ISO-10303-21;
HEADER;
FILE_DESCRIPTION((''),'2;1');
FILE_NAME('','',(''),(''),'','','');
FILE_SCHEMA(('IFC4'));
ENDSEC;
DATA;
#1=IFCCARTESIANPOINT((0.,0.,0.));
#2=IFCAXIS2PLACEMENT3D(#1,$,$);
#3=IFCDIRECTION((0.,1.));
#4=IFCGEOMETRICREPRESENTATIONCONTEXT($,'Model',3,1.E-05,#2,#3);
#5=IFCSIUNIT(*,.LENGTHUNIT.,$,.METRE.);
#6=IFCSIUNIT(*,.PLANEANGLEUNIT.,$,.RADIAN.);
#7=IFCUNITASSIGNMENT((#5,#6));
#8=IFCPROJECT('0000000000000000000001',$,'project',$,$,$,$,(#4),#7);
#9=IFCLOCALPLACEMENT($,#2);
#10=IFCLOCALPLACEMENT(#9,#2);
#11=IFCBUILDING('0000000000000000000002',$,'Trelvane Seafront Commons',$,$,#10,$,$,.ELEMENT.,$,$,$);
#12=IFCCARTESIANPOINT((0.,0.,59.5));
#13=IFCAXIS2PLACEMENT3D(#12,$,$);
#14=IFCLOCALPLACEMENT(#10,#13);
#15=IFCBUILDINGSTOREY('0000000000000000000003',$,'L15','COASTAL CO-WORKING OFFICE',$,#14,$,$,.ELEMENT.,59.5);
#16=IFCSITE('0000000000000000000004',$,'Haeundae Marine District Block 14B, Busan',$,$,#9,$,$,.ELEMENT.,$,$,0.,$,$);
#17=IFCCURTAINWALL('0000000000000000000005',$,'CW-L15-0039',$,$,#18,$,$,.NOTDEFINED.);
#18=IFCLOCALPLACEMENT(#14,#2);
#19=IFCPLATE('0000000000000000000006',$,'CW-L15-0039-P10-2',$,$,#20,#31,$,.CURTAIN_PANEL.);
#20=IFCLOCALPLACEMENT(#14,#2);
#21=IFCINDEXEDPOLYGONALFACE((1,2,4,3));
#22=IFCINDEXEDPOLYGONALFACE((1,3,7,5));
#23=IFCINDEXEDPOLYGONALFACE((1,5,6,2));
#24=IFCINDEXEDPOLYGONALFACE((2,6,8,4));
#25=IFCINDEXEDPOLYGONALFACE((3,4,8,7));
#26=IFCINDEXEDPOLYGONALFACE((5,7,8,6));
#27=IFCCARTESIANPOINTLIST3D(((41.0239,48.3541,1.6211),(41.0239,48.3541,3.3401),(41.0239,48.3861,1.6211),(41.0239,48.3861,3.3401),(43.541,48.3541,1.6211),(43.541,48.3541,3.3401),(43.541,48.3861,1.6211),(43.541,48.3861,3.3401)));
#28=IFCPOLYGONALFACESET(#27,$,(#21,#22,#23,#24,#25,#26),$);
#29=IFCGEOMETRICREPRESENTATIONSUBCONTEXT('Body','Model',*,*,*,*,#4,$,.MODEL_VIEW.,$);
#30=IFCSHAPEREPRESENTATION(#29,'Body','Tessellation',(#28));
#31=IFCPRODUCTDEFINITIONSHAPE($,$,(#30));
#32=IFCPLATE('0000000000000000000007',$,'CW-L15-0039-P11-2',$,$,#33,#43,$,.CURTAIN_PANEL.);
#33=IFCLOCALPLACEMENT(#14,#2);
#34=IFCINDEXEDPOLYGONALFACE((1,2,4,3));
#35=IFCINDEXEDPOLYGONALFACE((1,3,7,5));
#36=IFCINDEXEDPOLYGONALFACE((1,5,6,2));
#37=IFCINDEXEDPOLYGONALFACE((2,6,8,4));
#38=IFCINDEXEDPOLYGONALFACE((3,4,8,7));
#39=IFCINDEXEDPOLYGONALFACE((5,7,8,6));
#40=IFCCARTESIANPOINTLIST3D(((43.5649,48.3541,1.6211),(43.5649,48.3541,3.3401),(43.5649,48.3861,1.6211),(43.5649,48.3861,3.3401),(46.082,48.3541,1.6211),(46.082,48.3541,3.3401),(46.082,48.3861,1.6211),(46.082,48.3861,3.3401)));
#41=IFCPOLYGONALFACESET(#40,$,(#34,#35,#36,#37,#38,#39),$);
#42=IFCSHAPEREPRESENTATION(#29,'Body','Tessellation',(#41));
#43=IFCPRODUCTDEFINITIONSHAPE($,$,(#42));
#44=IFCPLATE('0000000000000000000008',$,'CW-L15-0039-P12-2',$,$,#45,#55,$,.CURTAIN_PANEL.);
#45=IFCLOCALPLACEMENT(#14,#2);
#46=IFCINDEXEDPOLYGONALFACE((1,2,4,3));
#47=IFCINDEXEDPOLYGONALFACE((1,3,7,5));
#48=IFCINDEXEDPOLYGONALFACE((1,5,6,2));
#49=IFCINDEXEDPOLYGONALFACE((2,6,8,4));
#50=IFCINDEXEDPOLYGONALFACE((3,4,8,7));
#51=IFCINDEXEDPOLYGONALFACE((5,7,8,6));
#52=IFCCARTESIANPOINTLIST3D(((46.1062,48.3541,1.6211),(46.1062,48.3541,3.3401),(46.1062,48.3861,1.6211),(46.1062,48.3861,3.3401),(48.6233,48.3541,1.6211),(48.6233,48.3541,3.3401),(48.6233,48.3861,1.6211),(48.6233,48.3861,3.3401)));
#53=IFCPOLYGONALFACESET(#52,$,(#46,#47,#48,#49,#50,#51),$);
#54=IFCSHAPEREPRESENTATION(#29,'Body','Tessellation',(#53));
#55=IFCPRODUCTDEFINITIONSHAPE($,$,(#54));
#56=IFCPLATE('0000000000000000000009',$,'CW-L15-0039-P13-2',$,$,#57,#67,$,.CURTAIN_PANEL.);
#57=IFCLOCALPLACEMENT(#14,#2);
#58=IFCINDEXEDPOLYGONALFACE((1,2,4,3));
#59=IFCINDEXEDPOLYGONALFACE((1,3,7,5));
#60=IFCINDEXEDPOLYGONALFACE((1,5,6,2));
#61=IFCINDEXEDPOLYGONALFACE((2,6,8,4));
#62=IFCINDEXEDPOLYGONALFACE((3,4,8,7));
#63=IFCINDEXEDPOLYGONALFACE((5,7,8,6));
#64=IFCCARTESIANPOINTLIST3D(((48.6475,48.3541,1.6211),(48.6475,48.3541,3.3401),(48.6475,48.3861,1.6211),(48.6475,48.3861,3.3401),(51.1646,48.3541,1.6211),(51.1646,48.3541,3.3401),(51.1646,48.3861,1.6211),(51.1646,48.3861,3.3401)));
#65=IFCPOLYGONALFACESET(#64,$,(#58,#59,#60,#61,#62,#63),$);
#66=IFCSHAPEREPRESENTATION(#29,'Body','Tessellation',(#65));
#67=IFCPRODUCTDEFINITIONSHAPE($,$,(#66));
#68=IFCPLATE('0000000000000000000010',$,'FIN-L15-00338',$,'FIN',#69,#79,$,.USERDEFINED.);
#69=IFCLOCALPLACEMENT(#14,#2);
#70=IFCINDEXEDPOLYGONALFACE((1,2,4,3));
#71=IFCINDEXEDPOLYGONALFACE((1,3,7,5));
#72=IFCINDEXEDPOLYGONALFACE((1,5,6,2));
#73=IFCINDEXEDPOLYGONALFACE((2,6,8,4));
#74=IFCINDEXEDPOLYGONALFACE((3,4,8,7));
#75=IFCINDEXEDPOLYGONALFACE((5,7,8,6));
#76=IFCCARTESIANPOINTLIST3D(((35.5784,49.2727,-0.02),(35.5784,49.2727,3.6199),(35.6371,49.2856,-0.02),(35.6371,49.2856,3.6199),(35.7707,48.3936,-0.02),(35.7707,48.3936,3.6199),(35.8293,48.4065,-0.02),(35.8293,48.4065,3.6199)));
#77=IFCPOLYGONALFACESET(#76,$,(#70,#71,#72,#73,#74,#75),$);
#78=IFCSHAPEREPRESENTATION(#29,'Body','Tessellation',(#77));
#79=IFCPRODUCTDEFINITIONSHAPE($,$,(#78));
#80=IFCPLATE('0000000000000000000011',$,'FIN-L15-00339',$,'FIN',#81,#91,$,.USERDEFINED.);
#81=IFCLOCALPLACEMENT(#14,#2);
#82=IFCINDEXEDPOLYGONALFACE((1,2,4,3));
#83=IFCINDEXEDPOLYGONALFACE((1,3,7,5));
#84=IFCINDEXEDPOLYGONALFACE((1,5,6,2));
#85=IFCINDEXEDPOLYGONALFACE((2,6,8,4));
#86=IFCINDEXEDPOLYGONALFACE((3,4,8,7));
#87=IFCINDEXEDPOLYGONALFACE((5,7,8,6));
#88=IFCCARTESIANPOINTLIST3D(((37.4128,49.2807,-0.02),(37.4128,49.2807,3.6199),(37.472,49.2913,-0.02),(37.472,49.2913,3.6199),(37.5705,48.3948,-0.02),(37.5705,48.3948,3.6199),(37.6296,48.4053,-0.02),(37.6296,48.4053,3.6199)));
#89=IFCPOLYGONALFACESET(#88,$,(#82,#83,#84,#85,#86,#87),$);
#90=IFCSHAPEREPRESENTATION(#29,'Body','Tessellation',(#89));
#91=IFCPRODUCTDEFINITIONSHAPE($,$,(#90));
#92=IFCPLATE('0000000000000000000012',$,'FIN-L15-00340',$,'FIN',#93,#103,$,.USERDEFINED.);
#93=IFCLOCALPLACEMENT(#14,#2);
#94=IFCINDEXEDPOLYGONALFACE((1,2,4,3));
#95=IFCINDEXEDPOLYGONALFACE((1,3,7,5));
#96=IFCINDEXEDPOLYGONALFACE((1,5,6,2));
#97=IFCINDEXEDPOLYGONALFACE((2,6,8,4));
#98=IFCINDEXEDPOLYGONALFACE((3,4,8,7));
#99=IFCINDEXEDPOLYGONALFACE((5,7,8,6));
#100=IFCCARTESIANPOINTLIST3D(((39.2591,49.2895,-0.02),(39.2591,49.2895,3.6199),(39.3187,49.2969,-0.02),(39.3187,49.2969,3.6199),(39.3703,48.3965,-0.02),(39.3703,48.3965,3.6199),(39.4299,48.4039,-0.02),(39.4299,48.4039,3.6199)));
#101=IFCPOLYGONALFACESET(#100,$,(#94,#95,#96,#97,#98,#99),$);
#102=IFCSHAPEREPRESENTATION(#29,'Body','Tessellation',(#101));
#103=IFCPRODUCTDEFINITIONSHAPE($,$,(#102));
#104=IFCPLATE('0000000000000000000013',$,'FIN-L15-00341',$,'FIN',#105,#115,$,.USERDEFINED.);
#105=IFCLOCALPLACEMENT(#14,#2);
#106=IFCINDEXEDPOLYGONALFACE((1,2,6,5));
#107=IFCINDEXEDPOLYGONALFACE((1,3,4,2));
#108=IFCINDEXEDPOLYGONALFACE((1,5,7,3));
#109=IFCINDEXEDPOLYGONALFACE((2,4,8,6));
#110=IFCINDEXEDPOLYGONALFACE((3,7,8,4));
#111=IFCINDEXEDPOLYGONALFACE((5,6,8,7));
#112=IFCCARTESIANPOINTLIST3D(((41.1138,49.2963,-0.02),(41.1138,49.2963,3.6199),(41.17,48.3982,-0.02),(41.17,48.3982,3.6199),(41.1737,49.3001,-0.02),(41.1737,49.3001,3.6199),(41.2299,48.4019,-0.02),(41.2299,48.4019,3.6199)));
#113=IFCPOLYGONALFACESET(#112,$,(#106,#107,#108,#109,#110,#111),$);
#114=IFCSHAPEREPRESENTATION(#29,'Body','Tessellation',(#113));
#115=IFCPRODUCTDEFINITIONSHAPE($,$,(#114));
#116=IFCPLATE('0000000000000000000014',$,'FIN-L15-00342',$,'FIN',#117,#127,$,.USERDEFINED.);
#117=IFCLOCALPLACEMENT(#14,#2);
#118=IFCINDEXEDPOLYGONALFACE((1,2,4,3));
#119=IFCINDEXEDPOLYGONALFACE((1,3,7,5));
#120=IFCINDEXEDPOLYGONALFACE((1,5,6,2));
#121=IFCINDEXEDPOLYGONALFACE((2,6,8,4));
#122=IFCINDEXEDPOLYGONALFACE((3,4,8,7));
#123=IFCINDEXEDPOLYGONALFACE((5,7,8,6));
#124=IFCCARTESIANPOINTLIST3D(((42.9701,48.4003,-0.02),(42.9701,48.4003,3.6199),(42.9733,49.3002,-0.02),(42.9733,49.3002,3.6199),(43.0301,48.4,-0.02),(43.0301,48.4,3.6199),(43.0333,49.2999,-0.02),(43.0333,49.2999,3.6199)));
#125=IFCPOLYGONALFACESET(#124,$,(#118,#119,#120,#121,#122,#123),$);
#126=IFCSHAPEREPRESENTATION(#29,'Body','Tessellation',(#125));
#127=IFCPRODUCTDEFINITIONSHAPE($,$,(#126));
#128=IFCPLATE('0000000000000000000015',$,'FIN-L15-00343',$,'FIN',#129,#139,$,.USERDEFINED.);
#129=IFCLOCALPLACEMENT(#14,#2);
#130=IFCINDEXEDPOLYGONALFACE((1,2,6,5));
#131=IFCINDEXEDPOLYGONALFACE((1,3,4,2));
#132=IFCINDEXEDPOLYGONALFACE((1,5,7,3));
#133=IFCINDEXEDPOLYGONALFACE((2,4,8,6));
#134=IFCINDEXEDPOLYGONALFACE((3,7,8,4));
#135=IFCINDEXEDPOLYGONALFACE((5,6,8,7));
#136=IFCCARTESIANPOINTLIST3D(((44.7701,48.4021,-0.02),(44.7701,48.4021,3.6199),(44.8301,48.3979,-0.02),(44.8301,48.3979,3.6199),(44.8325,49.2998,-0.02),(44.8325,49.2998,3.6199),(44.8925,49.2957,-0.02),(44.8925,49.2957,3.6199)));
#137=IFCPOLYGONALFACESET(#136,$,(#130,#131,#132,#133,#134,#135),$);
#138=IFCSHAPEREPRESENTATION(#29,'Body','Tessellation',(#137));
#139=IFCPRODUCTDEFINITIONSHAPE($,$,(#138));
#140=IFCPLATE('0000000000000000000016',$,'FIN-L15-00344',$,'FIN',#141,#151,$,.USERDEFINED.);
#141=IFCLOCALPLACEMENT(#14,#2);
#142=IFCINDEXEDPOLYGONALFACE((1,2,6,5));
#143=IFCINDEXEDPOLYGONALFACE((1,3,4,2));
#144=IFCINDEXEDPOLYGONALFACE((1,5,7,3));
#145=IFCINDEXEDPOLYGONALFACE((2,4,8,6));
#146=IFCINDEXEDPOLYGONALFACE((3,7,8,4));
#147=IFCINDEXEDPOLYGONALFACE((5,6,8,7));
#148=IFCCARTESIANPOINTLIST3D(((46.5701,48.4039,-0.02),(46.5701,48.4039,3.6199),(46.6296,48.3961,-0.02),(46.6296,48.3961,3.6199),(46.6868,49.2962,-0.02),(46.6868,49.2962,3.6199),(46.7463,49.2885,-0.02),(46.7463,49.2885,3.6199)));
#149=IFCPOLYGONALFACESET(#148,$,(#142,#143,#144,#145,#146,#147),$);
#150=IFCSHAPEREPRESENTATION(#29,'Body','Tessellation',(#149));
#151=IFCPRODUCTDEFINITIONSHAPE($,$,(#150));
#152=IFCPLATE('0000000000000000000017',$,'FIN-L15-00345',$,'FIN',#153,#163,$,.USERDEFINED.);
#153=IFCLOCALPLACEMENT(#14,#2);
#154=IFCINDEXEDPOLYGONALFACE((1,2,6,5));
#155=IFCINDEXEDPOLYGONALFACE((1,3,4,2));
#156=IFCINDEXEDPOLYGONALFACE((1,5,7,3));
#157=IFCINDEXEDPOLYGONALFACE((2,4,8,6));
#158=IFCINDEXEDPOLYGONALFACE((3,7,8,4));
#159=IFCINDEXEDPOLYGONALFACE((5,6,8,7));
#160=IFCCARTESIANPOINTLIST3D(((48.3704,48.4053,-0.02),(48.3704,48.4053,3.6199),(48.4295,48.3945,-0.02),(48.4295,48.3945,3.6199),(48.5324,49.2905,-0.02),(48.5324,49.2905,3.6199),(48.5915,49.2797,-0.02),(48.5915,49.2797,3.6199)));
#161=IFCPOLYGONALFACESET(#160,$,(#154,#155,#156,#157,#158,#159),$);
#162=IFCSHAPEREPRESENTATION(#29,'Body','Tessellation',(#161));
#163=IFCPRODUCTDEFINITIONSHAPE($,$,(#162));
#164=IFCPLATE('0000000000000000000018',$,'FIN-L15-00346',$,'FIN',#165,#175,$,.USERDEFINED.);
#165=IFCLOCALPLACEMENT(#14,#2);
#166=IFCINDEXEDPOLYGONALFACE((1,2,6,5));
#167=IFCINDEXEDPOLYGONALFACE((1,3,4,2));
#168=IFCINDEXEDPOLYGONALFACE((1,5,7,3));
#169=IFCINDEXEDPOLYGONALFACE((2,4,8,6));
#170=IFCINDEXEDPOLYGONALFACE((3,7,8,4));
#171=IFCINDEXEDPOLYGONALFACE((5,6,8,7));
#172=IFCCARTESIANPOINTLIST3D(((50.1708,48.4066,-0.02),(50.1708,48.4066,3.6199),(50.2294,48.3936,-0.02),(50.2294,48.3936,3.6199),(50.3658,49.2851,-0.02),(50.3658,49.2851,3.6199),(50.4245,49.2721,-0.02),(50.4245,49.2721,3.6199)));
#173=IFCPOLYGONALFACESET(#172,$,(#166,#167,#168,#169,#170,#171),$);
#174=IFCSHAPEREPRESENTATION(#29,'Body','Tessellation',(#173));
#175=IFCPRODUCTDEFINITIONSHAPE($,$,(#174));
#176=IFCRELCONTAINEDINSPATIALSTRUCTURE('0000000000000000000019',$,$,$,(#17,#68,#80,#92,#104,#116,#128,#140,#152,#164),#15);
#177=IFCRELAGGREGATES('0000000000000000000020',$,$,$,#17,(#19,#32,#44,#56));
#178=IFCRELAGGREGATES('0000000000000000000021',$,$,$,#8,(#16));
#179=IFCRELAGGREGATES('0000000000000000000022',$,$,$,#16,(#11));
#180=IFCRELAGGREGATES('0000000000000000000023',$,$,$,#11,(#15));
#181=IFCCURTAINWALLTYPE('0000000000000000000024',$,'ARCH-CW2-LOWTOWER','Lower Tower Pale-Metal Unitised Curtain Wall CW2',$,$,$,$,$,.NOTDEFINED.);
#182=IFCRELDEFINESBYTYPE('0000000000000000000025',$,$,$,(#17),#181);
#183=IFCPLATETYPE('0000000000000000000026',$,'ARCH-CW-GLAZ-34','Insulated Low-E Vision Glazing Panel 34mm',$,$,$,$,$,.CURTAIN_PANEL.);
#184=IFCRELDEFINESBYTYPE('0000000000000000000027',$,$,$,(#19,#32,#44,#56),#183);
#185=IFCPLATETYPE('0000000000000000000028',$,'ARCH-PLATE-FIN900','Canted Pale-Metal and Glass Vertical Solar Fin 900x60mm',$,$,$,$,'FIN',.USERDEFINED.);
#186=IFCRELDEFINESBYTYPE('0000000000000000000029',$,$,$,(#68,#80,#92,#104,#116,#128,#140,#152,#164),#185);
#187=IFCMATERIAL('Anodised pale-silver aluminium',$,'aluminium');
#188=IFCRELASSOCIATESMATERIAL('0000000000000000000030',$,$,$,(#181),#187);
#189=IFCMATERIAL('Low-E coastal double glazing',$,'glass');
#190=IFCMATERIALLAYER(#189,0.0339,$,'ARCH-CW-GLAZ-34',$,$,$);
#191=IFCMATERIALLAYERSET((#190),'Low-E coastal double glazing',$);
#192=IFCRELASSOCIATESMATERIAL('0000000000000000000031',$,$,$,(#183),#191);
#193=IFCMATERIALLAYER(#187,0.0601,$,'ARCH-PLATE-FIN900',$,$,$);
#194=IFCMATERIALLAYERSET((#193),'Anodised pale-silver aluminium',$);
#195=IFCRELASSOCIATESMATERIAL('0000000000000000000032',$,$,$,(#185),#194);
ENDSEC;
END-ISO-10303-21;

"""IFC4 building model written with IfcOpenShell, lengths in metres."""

from ifc_helpers import new_model, si_unit, direction, frame, origin, origin_2d, place, context, subcontext, project, spatial, rectangle, extrude, source, transform, mapped, material, layer, layer_set, type_object, element, aggregate, save


model = new_model("IFC4")

# Units and contexts
model_context = context("Model", 3, precision=1e-05, world=origin(), true_north=direction((0.0, 1.0)))
body_context = subcontext(model_context, "Body", "Model", "MODEL_VIEW")
ifc_project = project(units=[si_unit("LENGTHUNIT", "METRE"), si_unit("PLANEANGLEUNIT", "RADIAN")], contexts=[model_context])

# Site, building, storey
site_placement = place(None, origin())
site = spatial("IfcSite", under=ifc_project, at=site_placement, Name="Haeundae Marine District Block 14B, Busan", CompositionType="ELEMENT", RefElevation=0.0)
building_placement = place(site_placement, origin())
building = spatial("IfcBuilding", under=site, at=building_placement, Name="Trelvane Seafront Commons", CompositionType="ELEMENT")
storey_placement = place(building_placement, frame((0.0, 0.0, 59.5)))
storey = spatial("IfcBuildingStorey", under=building, at=storey_placement, Name="L15", Description="COASTAL CO-WORKING OFFICE", CompositionType="ELEMENT", Elevation=59.5)

# Curtain wall, plates
ifc_material_1 = material(Name="Anodised pale-silver aluminium", Category="aluminium")
curtain_wall_type = type_object("IfcCurtainWallType", Name="ARCH-CW2-LOWTOWER", Description="Lower Tower Pale-Metal Unitised Curtain Wall CW2", PredefinedType="NOTDEFINED", material=ifc_material_1)
curtain_wall_placement = place(storey_placement, origin())
curtain_wall = element("IfcCurtainWall", 1, at=curtain_wall_placement, inside=storey, type_object=curtain_wall_type, Name="CW-L15-0039", PredefinedType="NOTDEFINED")
ifc_material_2 = material(Name="Low-E coastal double glazing", Category="glass")
ifc_layer_1 = layer(ifc_material_2, 0.0339, Name="ARCH-CW-GLAZ-34")
ifc_layer_set_1 = layer_set([ifc_layer_1], Name="Low-E coastal double glazing")
plate_type_1 = type_object("IfcPlateType", Name="ARCH-CW-GLAZ-34", Description="Insulated Low-E Vision Glazing Panel 34mm", PredefinedType="CURTAIN_PANEL", material=ifc_layer_set_1)
shared_shape_1 = source(origin(), body_context, "Body", "SweptSolid", [
    extrude(rectangle(XDim=2.5171, YDim=0.032, at=origin_2d()), origin(), (0.0, 0.0, 1.0), 1.719),
])
plate_1_placement = place(storey_placement, frame((42.2825, 48.3701, 1.6211), z_axis=(0.0, 0.0, 1.0), x_axis=(1.0, 0.0, 0.0)))
plate_1 = element("IfcPlate", 2, at=plate_1_placement, type_object=plate_type_1, Name="CW-L15-0039-P10-2", PredefinedType="CURTAIN_PANEL", context=body_context, shape_type="MappedRepresentation", body=[
    mapped(shared_shape_1, transform((0.0, 0.0, 0.0), x_axis=(1.0, 0.0, 0.0), y_axis=(0.0, 1.0, 0.0), z_axis=(0.0, 0.0, 1.0), scale=1.0)),
])
plate_2_placement = place(storey_placement, frame((44.8235, 48.3701, 1.6211), z_axis=(0.0, 0.0, 1.0), x_axis=(1.0, 0.0, 0.0)))
plate_2 = element("IfcPlate", 3, at=plate_2_placement, type_object=plate_type_1, Name="CW-L15-0039-P11-2", PredefinedType="CURTAIN_PANEL", context=body_context, shape_type="MappedRepresentation", body=[
    mapped(shared_shape_1, transform((0.0, 0.0, 0.0), x_axis=(1.0, 0.0, 0.0), y_axis=(0.0, 1.0, 0.0), z_axis=(0.0, 0.0, 1.0), scale=1.0)),
])
plate_3_placement = place(storey_placement, frame((47.3647, 48.3701, 1.6211), z_axis=(0.0, 0.0, 1.0), x_axis=(1.0, 0.0, 0.0)))
plate_3 = element("IfcPlate", 4, at=plate_3_placement, type_object=plate_type_1, Name="CW-L15-0039-P12-2", PredefinedType="CURTAIN_PANEL", context=body_context, shape_type="MappedRepresentation", body=[
    mapped(shared_shape_1, transform((0.0, 0.0, 0.0), x_axis=(1.0, 0.0, 0.0), y_axis=(0.0, 1.0, 0.0), z_axis=(0.0, 0.0, 1.0), scale=1.0)),
])
plate_4_placement = place(storey_placement, frame((49.906, 48.3701, 1.6211), z_axis=(0.0, 0.0, 1.0), x_axis=(1.0, 0.0, 0.0)))
plate_4 = element("IfcPlate", 5, at=plate_4_placement, type_object=plate_type_1, Name="CW-L15-0039-P13-2", PredefinedType="CURTAIN_PANEL", context=body_context, shape_type="MappedRepresentation", body=[
    mapped(shared_shape_1, transform((0.0, 0.0, 0.0), x_axis=(1.0, 0.0, 0.0), y_axis=(0.0, 1.0, 0.0), z_axis=(0.0, 0.0, 1.0), scale=1.0)),
])
aggregate(curtain_wall, [plate_1, plate_2, plate_3, plate_4])

# Plates
ifc_layer_2 = layer(ifc_material_1, 0.0601, Name="ARCH-PLATE-FIN900")
ifc_layer_set_2 = layer_set([ifc_layer_2], Name="Anodised pale-silver aluminium")
plate_type_2 = type_object("IfcPlateType", Name="ARCH-PLATE-FIN900", Description="Canted Pale-Metal and Glass Vertical Solar Fin 900x60mm", ElementType="FIN", PredefinedType="USERDEFINED", material=ifc_layer_set_2)
shared_shape_2 = source(origin(), body_context, "Body", "SweptSolid", [
    extrude(rectangle(XDim=0.8999, YDim=0.0601, at=origin_2d()), origin(), (0.0, 0.0, 1.0), 3.6399),
])
for number, where, z_axis, x_axis, name in (
    (6, (35.7039, 48.8396, -0.02), (0.0, 0.0, 1.0), (-0.21367, 0.976906, 0.0), "FIN-L15-00338"),
    (7, (37.5212, 48.843, -0.02), (0.0, 0.0, 1.0), (-0.175217, 0.98453, 0.0), "FIN-L15-00339"),
    (8, (39.3445, 48.8467, -0.02), (0.0, 0.0, 1.0), (-0.123556, 0.992338, 0.0), "FIN-L15-00340"),
    (9, (41.1719, 48.8491, -0.02), (0.0, 0.0, 1.0), (-0.062447, 0.998048, 0.0), "FIN-L15-00341"),
    (10, (43.0017, 48.8501, -0.02), (0.0, 0.0, 1.0), (0.003555, 0.999994, 0.0), "FIN-L15-00342"),
    (11, (44.8313, 48.8489, -0.02), (0.0, 0.0, 1.0), (0.069335, 0.997593, 0.0), "FIN-L15-00343"),
    (12, (46.6582, 48.8462, -0.02), (0.0, 0.0, 1.0), (0.129666, 0.991558, 0.0), "FIN-L15-00344"),
    (13, (48.481, 48.8425, -0.02), (0.0, 0.0, 1.0), (0.180001, 0.983666, 0.0), "FIN-L15-00345"),
    (14, (50.2976, 48.8394, -0.02), (0.0, 0.0, 1.0), (0.216777, 0.976221, 0.0), "FIN-L15-00346"),
):
    element("IfcPlate", number, at=place(storey_placement, frame(where, z_axis=z_axis, x_axis=x_axis)), inside=storey, type_object=plate_type_2, Name=name, ObjectType="FIN", PredefinedType="USERDEFINED", context=body_context, shape_type="MappedRepresentation", body=[
        mapped(shared_shape_2, transform((0.0, 0.0, 0.0), x_axis=(1.0, 0.0, 0.0), y_axis=(0.0, 1.0, 0.0), z_axis=(0.0, 0.0, 1.0), scale=1.0)),
    ])

save(model, "model.ifc")
